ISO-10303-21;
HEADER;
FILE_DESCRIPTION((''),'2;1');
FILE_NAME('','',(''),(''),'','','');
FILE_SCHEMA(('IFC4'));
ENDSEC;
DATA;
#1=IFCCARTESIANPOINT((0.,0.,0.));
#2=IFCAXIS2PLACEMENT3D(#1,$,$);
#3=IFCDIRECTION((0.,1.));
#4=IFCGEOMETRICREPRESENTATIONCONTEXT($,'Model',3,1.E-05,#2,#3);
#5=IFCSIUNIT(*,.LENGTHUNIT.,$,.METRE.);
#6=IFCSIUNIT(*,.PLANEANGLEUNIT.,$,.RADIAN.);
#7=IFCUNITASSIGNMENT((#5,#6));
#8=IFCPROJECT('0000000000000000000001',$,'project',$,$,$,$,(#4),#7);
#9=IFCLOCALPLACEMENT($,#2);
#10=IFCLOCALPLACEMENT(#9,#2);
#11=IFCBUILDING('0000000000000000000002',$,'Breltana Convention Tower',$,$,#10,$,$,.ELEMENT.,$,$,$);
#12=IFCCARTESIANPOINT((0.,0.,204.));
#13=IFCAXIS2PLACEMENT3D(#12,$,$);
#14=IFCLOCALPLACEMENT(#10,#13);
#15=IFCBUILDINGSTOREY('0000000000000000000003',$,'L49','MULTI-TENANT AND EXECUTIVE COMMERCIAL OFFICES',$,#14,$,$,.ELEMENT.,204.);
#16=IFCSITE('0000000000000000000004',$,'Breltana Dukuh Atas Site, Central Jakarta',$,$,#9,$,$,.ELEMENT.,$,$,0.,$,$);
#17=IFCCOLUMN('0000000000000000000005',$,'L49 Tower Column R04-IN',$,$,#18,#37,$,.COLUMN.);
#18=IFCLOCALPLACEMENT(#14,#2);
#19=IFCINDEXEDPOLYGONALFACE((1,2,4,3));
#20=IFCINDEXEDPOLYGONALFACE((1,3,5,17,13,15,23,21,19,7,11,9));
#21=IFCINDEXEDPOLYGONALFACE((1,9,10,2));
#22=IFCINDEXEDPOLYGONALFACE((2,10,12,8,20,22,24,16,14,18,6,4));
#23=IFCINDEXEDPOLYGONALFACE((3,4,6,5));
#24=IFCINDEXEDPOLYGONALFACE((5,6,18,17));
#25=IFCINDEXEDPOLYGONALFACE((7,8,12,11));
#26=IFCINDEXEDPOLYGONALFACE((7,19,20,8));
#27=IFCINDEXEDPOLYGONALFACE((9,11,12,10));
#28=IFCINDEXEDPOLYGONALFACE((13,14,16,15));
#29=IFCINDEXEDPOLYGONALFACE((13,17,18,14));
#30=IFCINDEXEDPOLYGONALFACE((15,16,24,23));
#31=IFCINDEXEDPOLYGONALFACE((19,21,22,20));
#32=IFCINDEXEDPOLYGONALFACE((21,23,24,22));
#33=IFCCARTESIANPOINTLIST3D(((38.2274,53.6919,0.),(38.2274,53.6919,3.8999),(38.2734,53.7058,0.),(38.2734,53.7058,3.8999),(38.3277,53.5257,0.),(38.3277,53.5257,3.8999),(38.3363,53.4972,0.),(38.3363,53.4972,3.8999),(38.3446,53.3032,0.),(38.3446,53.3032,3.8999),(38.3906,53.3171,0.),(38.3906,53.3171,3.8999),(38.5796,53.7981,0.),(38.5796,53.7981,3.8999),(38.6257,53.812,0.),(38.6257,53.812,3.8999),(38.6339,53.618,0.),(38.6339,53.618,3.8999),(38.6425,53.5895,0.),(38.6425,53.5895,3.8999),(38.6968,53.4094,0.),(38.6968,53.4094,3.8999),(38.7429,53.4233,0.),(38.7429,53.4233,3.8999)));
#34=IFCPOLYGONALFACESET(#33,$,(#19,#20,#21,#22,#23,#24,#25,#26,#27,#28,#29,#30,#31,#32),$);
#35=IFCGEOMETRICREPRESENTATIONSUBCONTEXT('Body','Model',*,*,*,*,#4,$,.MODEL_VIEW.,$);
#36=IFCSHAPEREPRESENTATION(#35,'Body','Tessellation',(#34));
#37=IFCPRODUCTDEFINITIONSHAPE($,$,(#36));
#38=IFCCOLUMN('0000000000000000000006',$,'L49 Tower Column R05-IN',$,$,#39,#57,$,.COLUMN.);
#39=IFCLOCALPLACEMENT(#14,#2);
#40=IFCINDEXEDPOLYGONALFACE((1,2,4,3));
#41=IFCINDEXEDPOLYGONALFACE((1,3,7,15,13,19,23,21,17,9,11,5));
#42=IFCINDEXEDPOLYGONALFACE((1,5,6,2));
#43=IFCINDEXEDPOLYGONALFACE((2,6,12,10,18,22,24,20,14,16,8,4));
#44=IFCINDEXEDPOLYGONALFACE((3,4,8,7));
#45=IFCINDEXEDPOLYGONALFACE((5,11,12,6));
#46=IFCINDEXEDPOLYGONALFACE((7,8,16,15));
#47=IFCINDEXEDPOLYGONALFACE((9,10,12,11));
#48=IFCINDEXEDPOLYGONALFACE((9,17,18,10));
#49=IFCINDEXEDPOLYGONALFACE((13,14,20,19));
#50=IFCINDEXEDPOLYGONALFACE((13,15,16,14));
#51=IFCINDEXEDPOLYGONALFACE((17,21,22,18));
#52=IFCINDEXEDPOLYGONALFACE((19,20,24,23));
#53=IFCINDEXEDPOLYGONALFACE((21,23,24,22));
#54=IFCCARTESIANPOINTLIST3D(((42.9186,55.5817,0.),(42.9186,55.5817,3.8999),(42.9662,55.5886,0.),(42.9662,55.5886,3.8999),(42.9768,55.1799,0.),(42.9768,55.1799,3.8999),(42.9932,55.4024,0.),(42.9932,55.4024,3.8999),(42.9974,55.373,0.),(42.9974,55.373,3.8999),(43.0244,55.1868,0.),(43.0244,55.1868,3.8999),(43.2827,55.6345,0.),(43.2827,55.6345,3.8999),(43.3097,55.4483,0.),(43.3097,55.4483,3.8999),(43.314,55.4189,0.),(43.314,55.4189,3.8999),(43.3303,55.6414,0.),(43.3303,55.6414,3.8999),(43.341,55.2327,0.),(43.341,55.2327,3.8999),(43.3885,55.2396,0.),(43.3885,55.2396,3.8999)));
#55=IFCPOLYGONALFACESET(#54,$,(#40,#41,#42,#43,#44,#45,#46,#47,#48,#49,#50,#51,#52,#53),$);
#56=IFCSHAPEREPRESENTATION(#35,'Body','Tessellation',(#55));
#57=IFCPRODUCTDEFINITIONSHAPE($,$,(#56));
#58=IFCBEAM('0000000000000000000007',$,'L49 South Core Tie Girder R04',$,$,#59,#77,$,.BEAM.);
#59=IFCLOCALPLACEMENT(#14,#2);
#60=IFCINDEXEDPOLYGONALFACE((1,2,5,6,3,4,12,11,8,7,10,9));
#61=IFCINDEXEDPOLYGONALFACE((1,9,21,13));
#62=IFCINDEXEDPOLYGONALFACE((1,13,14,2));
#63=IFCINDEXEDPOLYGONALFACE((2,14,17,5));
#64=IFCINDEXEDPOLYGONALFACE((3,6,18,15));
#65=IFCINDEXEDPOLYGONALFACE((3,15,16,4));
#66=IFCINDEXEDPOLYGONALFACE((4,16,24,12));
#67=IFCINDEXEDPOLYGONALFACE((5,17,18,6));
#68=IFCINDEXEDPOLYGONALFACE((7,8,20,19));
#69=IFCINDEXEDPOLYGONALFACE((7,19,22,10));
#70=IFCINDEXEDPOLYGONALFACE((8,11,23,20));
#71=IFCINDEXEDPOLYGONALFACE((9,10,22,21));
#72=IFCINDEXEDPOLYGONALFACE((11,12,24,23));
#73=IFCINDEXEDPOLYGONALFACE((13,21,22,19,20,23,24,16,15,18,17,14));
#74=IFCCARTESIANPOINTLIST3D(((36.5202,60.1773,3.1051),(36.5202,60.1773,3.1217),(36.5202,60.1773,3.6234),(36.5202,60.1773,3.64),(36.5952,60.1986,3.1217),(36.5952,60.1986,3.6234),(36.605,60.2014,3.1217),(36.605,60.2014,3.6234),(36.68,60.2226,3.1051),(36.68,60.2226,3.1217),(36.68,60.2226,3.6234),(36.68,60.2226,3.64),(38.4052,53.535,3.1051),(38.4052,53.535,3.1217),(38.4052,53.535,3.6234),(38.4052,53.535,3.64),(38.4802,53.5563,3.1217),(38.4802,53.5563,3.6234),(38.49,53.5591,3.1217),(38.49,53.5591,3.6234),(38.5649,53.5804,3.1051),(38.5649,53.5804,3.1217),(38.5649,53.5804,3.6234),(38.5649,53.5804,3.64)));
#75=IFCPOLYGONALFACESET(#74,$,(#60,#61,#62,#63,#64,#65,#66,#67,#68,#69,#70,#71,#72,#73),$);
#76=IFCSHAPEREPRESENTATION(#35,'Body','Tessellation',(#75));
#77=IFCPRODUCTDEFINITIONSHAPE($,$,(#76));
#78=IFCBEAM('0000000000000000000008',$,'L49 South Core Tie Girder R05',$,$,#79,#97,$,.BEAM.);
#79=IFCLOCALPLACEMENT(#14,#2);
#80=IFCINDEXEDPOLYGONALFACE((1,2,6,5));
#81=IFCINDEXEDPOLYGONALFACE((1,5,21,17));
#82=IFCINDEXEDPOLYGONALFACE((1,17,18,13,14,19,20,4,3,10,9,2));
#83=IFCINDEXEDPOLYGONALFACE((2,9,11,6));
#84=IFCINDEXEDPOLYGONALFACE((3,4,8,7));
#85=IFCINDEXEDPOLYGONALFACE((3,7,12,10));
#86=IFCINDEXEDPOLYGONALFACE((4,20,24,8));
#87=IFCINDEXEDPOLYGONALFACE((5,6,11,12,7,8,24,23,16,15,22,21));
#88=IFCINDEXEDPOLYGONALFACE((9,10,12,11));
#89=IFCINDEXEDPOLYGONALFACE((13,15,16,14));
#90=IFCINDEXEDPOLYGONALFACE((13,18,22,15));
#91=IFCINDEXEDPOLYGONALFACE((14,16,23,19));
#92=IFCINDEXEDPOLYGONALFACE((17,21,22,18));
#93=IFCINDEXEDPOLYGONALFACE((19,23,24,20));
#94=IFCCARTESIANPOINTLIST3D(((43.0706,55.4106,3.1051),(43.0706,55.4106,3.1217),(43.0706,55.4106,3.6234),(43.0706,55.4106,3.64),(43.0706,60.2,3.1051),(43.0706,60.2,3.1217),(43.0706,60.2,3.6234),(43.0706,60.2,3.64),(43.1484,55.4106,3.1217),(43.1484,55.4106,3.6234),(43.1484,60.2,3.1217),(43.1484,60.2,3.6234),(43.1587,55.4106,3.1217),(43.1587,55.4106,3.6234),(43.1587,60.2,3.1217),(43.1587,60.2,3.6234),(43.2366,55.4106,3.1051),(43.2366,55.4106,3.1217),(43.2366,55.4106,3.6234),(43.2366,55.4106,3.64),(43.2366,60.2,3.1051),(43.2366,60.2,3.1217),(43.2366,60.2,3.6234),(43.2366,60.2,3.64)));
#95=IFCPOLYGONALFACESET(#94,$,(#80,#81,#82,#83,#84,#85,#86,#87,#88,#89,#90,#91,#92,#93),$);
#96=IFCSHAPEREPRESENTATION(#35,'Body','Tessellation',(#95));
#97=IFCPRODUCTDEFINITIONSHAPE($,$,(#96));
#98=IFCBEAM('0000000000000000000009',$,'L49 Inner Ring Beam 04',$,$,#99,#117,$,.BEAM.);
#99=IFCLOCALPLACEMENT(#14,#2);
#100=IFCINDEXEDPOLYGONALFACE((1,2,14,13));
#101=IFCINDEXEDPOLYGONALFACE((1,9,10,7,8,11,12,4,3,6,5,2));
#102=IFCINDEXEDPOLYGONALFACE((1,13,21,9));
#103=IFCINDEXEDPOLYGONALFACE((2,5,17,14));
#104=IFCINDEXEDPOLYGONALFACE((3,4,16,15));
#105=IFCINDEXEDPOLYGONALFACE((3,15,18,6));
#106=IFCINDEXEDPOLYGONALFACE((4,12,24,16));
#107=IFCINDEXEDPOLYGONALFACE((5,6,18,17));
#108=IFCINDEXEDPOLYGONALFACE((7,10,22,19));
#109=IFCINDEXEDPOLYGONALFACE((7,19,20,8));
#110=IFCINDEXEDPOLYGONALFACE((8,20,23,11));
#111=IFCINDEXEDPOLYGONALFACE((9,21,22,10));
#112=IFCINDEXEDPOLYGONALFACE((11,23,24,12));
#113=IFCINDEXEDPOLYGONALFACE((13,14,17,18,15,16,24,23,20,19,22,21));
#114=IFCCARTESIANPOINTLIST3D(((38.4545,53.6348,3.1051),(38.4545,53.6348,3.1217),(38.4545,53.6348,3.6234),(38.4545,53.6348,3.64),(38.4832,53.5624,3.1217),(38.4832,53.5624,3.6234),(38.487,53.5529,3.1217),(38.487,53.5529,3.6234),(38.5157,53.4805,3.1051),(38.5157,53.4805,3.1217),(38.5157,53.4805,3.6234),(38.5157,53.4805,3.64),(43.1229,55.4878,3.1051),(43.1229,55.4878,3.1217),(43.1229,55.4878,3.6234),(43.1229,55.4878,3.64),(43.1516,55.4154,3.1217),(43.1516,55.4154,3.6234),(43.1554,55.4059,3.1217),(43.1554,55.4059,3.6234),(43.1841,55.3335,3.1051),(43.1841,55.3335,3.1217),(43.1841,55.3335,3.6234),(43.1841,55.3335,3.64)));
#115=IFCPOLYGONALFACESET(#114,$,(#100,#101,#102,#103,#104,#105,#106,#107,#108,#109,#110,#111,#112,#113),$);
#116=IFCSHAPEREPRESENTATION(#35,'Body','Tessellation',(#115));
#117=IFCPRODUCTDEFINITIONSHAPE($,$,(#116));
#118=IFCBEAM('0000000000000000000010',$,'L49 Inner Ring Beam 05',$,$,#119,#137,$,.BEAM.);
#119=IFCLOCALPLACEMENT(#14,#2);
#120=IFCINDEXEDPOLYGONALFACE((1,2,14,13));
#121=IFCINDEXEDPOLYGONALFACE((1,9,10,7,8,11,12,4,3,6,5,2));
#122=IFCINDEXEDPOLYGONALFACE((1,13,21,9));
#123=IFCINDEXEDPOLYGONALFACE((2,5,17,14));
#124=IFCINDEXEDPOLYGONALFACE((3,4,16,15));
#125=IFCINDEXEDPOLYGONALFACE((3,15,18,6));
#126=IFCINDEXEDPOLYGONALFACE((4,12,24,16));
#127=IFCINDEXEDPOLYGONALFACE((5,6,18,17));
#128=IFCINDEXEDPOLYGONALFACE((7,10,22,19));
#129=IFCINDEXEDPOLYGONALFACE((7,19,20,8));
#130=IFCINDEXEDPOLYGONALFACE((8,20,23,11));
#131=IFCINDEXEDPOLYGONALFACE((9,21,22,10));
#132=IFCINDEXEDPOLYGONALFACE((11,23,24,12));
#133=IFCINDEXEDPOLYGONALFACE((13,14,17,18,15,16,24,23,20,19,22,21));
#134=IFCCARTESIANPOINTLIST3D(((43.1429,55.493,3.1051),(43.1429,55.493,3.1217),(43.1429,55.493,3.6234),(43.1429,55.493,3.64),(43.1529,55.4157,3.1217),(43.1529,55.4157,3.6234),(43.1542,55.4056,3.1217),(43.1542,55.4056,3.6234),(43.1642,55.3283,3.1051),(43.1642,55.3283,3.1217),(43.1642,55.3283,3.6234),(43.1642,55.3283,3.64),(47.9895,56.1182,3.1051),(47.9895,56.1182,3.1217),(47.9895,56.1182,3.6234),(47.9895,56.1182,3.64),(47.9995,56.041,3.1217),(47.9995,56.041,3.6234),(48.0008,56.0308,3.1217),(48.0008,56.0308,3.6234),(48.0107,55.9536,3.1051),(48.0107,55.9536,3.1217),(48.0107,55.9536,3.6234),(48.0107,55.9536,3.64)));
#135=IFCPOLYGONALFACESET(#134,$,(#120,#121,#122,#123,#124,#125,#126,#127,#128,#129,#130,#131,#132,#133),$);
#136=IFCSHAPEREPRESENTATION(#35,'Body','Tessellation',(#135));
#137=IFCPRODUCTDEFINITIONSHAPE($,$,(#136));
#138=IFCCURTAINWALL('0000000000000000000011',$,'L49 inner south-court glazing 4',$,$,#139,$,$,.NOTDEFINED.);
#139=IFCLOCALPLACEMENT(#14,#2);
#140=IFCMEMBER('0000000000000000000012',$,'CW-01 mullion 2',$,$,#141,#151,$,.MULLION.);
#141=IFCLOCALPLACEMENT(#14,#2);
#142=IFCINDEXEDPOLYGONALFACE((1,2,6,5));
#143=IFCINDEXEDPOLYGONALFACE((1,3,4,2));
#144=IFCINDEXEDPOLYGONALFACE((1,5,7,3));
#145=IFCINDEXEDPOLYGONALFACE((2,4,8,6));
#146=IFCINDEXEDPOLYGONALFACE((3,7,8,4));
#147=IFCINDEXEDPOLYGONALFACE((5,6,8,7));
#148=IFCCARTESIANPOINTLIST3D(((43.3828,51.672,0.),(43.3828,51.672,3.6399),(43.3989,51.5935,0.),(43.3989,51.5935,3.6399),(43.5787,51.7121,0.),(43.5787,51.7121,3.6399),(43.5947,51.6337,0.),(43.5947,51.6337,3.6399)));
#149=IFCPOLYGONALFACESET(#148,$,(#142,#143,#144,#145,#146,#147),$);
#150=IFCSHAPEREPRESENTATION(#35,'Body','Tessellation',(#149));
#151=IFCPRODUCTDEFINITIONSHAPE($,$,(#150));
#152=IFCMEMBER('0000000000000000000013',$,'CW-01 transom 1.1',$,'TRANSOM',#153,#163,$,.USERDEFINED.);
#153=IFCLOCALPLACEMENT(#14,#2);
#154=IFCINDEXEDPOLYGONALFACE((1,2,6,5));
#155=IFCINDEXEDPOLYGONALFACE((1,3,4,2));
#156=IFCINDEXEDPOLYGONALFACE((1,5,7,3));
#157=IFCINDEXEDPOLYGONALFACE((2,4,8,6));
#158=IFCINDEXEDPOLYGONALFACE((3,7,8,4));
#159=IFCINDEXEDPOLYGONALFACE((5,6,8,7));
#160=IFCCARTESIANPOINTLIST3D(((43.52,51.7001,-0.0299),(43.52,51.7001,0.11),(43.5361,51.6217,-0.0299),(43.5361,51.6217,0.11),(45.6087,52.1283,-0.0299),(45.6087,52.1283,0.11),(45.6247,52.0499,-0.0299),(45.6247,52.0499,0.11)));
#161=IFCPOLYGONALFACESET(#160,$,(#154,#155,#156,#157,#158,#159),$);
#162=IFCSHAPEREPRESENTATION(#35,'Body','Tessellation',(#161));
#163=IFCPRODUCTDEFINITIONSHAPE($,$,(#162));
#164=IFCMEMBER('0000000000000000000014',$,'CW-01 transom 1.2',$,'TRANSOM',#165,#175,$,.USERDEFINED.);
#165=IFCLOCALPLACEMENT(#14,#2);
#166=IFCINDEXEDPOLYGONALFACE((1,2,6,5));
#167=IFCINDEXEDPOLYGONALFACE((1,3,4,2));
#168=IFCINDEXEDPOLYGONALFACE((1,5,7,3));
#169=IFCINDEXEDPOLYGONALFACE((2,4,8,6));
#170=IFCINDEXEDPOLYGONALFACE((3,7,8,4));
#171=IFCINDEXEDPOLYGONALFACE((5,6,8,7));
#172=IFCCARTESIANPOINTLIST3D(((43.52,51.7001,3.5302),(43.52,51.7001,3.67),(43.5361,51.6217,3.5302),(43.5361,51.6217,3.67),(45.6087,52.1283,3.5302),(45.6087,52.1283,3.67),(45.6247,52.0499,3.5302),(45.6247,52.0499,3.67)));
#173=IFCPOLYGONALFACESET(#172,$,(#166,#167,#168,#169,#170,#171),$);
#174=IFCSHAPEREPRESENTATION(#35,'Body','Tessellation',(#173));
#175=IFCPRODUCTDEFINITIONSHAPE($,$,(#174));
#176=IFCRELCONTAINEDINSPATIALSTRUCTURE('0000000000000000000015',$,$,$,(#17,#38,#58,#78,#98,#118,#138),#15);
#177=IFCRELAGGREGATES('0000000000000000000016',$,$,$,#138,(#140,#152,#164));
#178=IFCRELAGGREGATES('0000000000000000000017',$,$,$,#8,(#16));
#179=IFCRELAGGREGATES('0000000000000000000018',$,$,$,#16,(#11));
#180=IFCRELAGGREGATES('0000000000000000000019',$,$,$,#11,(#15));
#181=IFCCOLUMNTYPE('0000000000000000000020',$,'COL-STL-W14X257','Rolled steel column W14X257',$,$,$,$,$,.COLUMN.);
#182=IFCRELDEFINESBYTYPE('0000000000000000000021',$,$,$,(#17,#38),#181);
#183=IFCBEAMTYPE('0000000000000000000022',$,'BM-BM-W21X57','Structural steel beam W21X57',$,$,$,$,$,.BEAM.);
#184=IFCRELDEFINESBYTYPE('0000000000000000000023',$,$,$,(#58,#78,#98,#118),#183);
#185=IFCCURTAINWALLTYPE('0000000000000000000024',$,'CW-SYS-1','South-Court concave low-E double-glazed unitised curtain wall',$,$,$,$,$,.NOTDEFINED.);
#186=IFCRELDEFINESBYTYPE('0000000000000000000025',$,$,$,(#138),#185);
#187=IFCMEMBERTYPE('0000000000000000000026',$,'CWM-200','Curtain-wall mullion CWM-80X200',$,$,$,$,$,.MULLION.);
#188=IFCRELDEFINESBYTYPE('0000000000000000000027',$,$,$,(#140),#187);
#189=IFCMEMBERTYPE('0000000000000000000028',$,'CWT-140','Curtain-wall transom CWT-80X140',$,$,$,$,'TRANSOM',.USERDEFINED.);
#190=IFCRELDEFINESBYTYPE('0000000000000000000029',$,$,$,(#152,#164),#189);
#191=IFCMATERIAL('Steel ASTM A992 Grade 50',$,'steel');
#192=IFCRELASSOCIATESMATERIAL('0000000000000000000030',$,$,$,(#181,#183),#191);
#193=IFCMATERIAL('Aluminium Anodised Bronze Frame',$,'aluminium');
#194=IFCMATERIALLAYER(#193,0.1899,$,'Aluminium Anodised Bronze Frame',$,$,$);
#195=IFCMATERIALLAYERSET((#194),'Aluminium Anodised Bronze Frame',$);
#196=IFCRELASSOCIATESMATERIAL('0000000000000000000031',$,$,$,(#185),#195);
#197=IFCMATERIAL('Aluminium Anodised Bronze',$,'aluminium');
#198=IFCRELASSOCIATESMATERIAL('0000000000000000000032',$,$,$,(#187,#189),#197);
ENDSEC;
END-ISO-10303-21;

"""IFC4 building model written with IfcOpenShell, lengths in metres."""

from ifc_helpers import new_model, si_unit, direction, frame, origin, origin_2d, place, context, subcontext, project, spatial, rectangle, i_section, extrude, source, transform, mapped, material, layer, layer_set, material_profile, profile_set, type_object, type_shapes, element, aggregate, save


model = new_model("IFC4")

# Units and contexts
model_context = context("Model", 3, precision=1e-05, world=origin(), true_north=direction((0.0, 1.0)))
body_context = subcontext(model_context, "Body", "Model", "MODEL_VIEW")
ifc_project = project(units=[si_unit("LENGTHUNIT", "METRE"), si_unit("PLANEANGLEUNIT", "RADIAN")], contexts=[model_context])

# Site, building, storey
site_placement = place(None, origin())
site = spatial("IfcSite", under=ifc_project, at=site_placement, Name="Breltana Dukuh Atas Site, Central Jakarta", CompositionType="ELEMENT", RefElevation=0.0)
building_placement = place(site_placement, origin())
building = spatial("IfcBuilding", under=site, at=building_placement, Name="Breltana Convention Tower", CompositionType="ELEMENT")
storey_placement = place(building_placement, frame((0.0, 0.0, 204.0)))
storey = spatial("IfcBuildingStorey", under=building, at=storey_placement, Name="L49", Description="MULTI-TENANT AND EXECUTIVE COMMERCIAL OFFICES", CompositionType="ELEMENT", Elevation=204.0)

# Columns
ifc_material_1 = material(Name="Steel ASTM A992 Grade 50", Category="steel")
ifc_material_profile_1 = material_profile(ifc_material_1, i_section(OverallWidth=0.406, OverallDepth=0.416, WebThickness=0.0298, FlangeThickness=0.0481, at=origin_2d()), Name="W14X257")
ifc_profile_set_1 = profile_set([ifc_material_profile_1], Name="Steel ASTM A992 Grade 50")
column_type = type_object("IfcColumnType", Name="COL-STL-W14X257", Description="Rolled steel column W14X257", PredefinedType="COLUMN", material=ifc_profile_set_1)
shared_shape_1 = source(origin(), body_context, "Body", "SweptSolid", [
    extrude(i_section(OverallWidth=0.406, OverallDepth=0.416, WebThickness=0.0298, FlangeThickness=0.0481, at=origin_2d()), origin(), (0.0, 0.0, 1.0), 3.8999),
])
for number, where, z_axis, x_axis, name in (
    (1, (38.4851, 53.5576, 0.0), (0.0, 0.0, 1.0), (-0.288698, 0.95742, 0.0), "L49 Tower Column R04-IN"),
    (2, (43.1536, 55.4106, 0.0), (0.0, 0.0, 1.0), (-0.143493, 0.989651, 0.0), "L49 Tower Column R05-IN"),
):
    element("IfcColumn", number, at=place(storey_placement, frame(where, z_axis=z_axis, x_axis=x_axis)), inside=storey, type_object=column_type, Name=name, PredefinedType="COLUMN", context=body_context, shape_type="MappedRepresentation", body=[
        mapped(shared_shape_1, transform((0.0, 0.0, 0.0), scale=1.0)),
    ])

# Beams
ifc_material_profile_2 = material_profile(ifc_material_1, i_section(OverallWidth=0.166, OverallDepth=0.5349, WebThickness=0.0103, FlangeThickness=0.0166, at=origin_2d()), Name="W21X57")
ifc_profile_set_2 = profile_set([ifc_material_profile_2], Name="Steel ASTM A992 Grade 50")
beam_type = type_object("IfcBeamType", Name="BM-BM-W21X57", Description="Structural steel beam W21X57", PredefinedType="BEAM", material=ifc_profile_set_2)
shared_shape_2 = source(origin(), body_context, "Body", "SweptSolid", [
    extrude(i_section(OverallWidth=0.166, OverallDepth=0.5349, WebThickness=0.0103, FlangeThickness=0.0166, at=origin_2d()), origin(), (0.0, 0.0, 1.0), 6.9045),
])
type_shapes(beam_type, [shared_shape_2])
beam_1_placement = place(storey_placement, frame((36.6001, 60.2, 3.3726), z_axis=(0.273007, -0.962012, 0.0), x_axis=(0.962012, 0.273007, 0.0)))
element("IfcBeam", 3, at=beam_1_placement, inside=storey, type_object=beam_type, Name="L49 South Core Tie Girder R04", PredefinedType="BEAM", context=body_context, shape_type="MappedRepresentation", body=[
    mapped(shared_shape_2, transform((0.0, 0.0, 0.0), scale=1.0)),
])
shared_shape_3 = source(origin(), body_context, "Body", "SweptSolid", [
    extrude(i_section(OverallWidth=0.166, OverallDepth=0.5349, WebThickness=0.0103, FlangeThickness=0.0166, at=origin_2d()), origin(), (0.0, 0.0, 1.0), 4.7893),
])
beam_2_placement = place(storey_placement, frame((43.1536, 60.2, 3.3726), z_axis=(0.0, -1.0, 0.0), x_axis=(1.0, 0.0, 0.0)))
element("IfcBeam", 4, at=beam_2_placement, inside=storey, type_object=beam_type, Name="L49 South Core Tie Girder R05", PredefinedType="BEAM", context=body_context, shape_type="MappedRepresentation", body=[
    mapped(shared_shape_3, transform((0.0, 0.0, 0.0), scale=1.0)),
])
shared_shape_4 = source(origin(), body_context, "Body", "SweptSolid", [
    extrude(i_section(OverallWidth=0.166, OverallDepth=0.5349, WebThickness=0.0103, FlangeThickness=0.0166, at=origin_2d()), origin(), (0.0, 0.0, 1.0), 5.0227),
])
beam_3_placement = place(storey_placement, frame((38.4851, 53.5576, 3.3726), z_axis=(0.929459, 0.368926, 0.0), x_axis=(-0.368926, 0.929459, 0.0)))
element("IfcBeam", 5, at=beam_3_placement, inside=storey, type_object=beam_type, Name="L49 Inner Ring Beam 04", PredefinedType="BEAM", context=body_context, shape_type="MappedRepresentation", body=[
    mapped(shared_shape_4, transform((0.0, 0.0, 0.0), scale=1.0)),
])
shared_shape_5 = source(origin(), body_context, "Body", "SweptSolid", [
    extrude(i_section(OverallWidth=0.166, OverallDepth=0.5349, WebThickness=0.0103, FlangeThickness=0.0166, at=origin_2d()), origin(), (0.0, 0.0, 1.0), 4.8867),
])
beam_4_placement = place(storey_placement, frame((43.1536, 55.4106, 3.3726), z_axis=(0.991781, 0.127951, 0.0), x_axis=(-0.127951, 0.991781, 0.0)))
element("IfcBeam", 6, at=beam_4_placement, inside=storey, type_object=beam_type, Name="L49 Inner Ring Beam 05", PredefinedType="BEAM", context=body_context, shape_type="MappedRepresentation", body=[
    mapped(shared_shape_5, transform((0.0, 0.0, 0.0), scale=1.0)),
])

# Curtain wall, members
ifc_material_2 = material(Name="Aluminium Anodised Bronze Frame", Category="aluminium")
ifc_layer_1 = layer(ifc_material_2, 0.1899, Name="Aluminium Anodised Bronze Frame")
ifc_layer_set_1 = layer_set([ifc_layer_1], Name="Aluminium Anodised Bronze Frame")
curtain_wall_type = type_object("IfcCurtainWallType", Name="CW-SYS-1", Description="South-Court concave low-E double-glazed unitised curtain wall", PredefinedType="NOTDEFINED", material=ifc_layer_set_1)
curtain_wall_placement = place(storey_placement, origin())
curtain_wall = element("IfcCurtainWall", 7, at=curtain_wall_placement, inside=storey, type_object=curtain_wall_type, Name="L49 inner south-court glazing 4", PredefinedType="NOTDEFINED")
ifc_material_3 = material(Name="Aluminium Anodised Bronze", Category="aluminium")
ifc_material_profile_3 = material_profile(ifc_material_3, rectangle(XDim=0.0801, YDim=0.2, at=origin_2d()), Name="CWM-80X200")
ifc_profile_set_3 = profile_set([ifc_material_profile_3], Name="Aluminium Anodised Bronze")
member_type_1 = type_object("IfcMemberType", Name="CWM-200", Description="Curtain-wall mullion CWM-80X200", PredefinedType="MULLION", material=ifc_profile_set_3)
shared_shape_6 = source(origin(), body_context, "Body", "SweptSolid", [
    extrude(rectangle(XDim=0.0801, YDim=0.2, at=origin_2d()), origin(), (0.0, 0.0, 1.0), 3.6399),
])
member_1_placement = place(storey_placement, frame((43.4888, 51.6528, 0.0), z_axis=(0.0, 0.0, 1.0), x_axis=(0.200854, -0.979621, 0.0)))
member_1 = element("IfcMember", 8, at=member_1_placement, type_object=member_type_1, Name="CW-01 mullion 2", PredefinedType="MULLION", context=body_context, shape_type="MappedRepresentation", body=[
    mapped(shared_shape_6, transform((0.0, 0.0, 0.0), scale=1.0)),
])
ifc_material_profile_4 = material_profile(ifc_material_3, rectangle(XDim=0.0801, YDim=0.1399, at=origin_2d()), Name="CWT-80X140")
ifc_profile_set_4 = profile_set([ifc_material_profile_4], Name="Aluminium Anodised Bronze")
member_type_2 = type_object("IfcMemberType", Name="CWT-140", Description="Curtain-wall transom CWT-80X140", ElementType="TRANSOM", PredefinedType="USERDEFINED", material=ifc_profile_set_4)
shared_shape_7 = source(origin(), body_context, "Body", "SweptSolid", [
    extrude(rectangle(XDim=0.0801, YDim=0.1399, at=origin_2d()), origin(), (0.0, 0.0, 1.0), 2.1321),
])
member_2_placement = place(storey_placement, frame((45.6167, 52.0891, 0.04), z_axis=(-0.979622, -0.200848, 0.0), x_axis=(0.200848, -0.979622, 0.0)))
member_2 = element("IfcMember", 9, at=member_2_placement, type_object=member_type_2, Name="CW-01 transom 1.1", ObjectType="TRANSOM", PredefinedType="USERDEFINED", context=body_context, shape_type="MappedRepresentation", body=[
    mapped(shared_shape_7, transform((0.0, 0.0, 0.0), scale=1.0)),
])
member_3_placement = place(storey_placement, frame((45.6167, 52.0891, 3.6001), z_axis=(-0.979622, -0.200848, 0.0), x_axis=(0.200848, -0.979622, 0.0)))
member_3 = element("IfcMember", 10, at=member_3_placement, type_object=member_type_2, Name="CW-01 transom 1.2", ObjectType="TRANSOM", PredefinedType="USERDEFINED", context=body_context, shape_type="MappedRepresentation", body=[
    mapped(shared_shape_7, transform((0.0, 0.0, 0.0), scale=1.0)),
])
aggregate(curtain_wall, [member_1, member_2, member_3])

save(model, "model.ifc")
